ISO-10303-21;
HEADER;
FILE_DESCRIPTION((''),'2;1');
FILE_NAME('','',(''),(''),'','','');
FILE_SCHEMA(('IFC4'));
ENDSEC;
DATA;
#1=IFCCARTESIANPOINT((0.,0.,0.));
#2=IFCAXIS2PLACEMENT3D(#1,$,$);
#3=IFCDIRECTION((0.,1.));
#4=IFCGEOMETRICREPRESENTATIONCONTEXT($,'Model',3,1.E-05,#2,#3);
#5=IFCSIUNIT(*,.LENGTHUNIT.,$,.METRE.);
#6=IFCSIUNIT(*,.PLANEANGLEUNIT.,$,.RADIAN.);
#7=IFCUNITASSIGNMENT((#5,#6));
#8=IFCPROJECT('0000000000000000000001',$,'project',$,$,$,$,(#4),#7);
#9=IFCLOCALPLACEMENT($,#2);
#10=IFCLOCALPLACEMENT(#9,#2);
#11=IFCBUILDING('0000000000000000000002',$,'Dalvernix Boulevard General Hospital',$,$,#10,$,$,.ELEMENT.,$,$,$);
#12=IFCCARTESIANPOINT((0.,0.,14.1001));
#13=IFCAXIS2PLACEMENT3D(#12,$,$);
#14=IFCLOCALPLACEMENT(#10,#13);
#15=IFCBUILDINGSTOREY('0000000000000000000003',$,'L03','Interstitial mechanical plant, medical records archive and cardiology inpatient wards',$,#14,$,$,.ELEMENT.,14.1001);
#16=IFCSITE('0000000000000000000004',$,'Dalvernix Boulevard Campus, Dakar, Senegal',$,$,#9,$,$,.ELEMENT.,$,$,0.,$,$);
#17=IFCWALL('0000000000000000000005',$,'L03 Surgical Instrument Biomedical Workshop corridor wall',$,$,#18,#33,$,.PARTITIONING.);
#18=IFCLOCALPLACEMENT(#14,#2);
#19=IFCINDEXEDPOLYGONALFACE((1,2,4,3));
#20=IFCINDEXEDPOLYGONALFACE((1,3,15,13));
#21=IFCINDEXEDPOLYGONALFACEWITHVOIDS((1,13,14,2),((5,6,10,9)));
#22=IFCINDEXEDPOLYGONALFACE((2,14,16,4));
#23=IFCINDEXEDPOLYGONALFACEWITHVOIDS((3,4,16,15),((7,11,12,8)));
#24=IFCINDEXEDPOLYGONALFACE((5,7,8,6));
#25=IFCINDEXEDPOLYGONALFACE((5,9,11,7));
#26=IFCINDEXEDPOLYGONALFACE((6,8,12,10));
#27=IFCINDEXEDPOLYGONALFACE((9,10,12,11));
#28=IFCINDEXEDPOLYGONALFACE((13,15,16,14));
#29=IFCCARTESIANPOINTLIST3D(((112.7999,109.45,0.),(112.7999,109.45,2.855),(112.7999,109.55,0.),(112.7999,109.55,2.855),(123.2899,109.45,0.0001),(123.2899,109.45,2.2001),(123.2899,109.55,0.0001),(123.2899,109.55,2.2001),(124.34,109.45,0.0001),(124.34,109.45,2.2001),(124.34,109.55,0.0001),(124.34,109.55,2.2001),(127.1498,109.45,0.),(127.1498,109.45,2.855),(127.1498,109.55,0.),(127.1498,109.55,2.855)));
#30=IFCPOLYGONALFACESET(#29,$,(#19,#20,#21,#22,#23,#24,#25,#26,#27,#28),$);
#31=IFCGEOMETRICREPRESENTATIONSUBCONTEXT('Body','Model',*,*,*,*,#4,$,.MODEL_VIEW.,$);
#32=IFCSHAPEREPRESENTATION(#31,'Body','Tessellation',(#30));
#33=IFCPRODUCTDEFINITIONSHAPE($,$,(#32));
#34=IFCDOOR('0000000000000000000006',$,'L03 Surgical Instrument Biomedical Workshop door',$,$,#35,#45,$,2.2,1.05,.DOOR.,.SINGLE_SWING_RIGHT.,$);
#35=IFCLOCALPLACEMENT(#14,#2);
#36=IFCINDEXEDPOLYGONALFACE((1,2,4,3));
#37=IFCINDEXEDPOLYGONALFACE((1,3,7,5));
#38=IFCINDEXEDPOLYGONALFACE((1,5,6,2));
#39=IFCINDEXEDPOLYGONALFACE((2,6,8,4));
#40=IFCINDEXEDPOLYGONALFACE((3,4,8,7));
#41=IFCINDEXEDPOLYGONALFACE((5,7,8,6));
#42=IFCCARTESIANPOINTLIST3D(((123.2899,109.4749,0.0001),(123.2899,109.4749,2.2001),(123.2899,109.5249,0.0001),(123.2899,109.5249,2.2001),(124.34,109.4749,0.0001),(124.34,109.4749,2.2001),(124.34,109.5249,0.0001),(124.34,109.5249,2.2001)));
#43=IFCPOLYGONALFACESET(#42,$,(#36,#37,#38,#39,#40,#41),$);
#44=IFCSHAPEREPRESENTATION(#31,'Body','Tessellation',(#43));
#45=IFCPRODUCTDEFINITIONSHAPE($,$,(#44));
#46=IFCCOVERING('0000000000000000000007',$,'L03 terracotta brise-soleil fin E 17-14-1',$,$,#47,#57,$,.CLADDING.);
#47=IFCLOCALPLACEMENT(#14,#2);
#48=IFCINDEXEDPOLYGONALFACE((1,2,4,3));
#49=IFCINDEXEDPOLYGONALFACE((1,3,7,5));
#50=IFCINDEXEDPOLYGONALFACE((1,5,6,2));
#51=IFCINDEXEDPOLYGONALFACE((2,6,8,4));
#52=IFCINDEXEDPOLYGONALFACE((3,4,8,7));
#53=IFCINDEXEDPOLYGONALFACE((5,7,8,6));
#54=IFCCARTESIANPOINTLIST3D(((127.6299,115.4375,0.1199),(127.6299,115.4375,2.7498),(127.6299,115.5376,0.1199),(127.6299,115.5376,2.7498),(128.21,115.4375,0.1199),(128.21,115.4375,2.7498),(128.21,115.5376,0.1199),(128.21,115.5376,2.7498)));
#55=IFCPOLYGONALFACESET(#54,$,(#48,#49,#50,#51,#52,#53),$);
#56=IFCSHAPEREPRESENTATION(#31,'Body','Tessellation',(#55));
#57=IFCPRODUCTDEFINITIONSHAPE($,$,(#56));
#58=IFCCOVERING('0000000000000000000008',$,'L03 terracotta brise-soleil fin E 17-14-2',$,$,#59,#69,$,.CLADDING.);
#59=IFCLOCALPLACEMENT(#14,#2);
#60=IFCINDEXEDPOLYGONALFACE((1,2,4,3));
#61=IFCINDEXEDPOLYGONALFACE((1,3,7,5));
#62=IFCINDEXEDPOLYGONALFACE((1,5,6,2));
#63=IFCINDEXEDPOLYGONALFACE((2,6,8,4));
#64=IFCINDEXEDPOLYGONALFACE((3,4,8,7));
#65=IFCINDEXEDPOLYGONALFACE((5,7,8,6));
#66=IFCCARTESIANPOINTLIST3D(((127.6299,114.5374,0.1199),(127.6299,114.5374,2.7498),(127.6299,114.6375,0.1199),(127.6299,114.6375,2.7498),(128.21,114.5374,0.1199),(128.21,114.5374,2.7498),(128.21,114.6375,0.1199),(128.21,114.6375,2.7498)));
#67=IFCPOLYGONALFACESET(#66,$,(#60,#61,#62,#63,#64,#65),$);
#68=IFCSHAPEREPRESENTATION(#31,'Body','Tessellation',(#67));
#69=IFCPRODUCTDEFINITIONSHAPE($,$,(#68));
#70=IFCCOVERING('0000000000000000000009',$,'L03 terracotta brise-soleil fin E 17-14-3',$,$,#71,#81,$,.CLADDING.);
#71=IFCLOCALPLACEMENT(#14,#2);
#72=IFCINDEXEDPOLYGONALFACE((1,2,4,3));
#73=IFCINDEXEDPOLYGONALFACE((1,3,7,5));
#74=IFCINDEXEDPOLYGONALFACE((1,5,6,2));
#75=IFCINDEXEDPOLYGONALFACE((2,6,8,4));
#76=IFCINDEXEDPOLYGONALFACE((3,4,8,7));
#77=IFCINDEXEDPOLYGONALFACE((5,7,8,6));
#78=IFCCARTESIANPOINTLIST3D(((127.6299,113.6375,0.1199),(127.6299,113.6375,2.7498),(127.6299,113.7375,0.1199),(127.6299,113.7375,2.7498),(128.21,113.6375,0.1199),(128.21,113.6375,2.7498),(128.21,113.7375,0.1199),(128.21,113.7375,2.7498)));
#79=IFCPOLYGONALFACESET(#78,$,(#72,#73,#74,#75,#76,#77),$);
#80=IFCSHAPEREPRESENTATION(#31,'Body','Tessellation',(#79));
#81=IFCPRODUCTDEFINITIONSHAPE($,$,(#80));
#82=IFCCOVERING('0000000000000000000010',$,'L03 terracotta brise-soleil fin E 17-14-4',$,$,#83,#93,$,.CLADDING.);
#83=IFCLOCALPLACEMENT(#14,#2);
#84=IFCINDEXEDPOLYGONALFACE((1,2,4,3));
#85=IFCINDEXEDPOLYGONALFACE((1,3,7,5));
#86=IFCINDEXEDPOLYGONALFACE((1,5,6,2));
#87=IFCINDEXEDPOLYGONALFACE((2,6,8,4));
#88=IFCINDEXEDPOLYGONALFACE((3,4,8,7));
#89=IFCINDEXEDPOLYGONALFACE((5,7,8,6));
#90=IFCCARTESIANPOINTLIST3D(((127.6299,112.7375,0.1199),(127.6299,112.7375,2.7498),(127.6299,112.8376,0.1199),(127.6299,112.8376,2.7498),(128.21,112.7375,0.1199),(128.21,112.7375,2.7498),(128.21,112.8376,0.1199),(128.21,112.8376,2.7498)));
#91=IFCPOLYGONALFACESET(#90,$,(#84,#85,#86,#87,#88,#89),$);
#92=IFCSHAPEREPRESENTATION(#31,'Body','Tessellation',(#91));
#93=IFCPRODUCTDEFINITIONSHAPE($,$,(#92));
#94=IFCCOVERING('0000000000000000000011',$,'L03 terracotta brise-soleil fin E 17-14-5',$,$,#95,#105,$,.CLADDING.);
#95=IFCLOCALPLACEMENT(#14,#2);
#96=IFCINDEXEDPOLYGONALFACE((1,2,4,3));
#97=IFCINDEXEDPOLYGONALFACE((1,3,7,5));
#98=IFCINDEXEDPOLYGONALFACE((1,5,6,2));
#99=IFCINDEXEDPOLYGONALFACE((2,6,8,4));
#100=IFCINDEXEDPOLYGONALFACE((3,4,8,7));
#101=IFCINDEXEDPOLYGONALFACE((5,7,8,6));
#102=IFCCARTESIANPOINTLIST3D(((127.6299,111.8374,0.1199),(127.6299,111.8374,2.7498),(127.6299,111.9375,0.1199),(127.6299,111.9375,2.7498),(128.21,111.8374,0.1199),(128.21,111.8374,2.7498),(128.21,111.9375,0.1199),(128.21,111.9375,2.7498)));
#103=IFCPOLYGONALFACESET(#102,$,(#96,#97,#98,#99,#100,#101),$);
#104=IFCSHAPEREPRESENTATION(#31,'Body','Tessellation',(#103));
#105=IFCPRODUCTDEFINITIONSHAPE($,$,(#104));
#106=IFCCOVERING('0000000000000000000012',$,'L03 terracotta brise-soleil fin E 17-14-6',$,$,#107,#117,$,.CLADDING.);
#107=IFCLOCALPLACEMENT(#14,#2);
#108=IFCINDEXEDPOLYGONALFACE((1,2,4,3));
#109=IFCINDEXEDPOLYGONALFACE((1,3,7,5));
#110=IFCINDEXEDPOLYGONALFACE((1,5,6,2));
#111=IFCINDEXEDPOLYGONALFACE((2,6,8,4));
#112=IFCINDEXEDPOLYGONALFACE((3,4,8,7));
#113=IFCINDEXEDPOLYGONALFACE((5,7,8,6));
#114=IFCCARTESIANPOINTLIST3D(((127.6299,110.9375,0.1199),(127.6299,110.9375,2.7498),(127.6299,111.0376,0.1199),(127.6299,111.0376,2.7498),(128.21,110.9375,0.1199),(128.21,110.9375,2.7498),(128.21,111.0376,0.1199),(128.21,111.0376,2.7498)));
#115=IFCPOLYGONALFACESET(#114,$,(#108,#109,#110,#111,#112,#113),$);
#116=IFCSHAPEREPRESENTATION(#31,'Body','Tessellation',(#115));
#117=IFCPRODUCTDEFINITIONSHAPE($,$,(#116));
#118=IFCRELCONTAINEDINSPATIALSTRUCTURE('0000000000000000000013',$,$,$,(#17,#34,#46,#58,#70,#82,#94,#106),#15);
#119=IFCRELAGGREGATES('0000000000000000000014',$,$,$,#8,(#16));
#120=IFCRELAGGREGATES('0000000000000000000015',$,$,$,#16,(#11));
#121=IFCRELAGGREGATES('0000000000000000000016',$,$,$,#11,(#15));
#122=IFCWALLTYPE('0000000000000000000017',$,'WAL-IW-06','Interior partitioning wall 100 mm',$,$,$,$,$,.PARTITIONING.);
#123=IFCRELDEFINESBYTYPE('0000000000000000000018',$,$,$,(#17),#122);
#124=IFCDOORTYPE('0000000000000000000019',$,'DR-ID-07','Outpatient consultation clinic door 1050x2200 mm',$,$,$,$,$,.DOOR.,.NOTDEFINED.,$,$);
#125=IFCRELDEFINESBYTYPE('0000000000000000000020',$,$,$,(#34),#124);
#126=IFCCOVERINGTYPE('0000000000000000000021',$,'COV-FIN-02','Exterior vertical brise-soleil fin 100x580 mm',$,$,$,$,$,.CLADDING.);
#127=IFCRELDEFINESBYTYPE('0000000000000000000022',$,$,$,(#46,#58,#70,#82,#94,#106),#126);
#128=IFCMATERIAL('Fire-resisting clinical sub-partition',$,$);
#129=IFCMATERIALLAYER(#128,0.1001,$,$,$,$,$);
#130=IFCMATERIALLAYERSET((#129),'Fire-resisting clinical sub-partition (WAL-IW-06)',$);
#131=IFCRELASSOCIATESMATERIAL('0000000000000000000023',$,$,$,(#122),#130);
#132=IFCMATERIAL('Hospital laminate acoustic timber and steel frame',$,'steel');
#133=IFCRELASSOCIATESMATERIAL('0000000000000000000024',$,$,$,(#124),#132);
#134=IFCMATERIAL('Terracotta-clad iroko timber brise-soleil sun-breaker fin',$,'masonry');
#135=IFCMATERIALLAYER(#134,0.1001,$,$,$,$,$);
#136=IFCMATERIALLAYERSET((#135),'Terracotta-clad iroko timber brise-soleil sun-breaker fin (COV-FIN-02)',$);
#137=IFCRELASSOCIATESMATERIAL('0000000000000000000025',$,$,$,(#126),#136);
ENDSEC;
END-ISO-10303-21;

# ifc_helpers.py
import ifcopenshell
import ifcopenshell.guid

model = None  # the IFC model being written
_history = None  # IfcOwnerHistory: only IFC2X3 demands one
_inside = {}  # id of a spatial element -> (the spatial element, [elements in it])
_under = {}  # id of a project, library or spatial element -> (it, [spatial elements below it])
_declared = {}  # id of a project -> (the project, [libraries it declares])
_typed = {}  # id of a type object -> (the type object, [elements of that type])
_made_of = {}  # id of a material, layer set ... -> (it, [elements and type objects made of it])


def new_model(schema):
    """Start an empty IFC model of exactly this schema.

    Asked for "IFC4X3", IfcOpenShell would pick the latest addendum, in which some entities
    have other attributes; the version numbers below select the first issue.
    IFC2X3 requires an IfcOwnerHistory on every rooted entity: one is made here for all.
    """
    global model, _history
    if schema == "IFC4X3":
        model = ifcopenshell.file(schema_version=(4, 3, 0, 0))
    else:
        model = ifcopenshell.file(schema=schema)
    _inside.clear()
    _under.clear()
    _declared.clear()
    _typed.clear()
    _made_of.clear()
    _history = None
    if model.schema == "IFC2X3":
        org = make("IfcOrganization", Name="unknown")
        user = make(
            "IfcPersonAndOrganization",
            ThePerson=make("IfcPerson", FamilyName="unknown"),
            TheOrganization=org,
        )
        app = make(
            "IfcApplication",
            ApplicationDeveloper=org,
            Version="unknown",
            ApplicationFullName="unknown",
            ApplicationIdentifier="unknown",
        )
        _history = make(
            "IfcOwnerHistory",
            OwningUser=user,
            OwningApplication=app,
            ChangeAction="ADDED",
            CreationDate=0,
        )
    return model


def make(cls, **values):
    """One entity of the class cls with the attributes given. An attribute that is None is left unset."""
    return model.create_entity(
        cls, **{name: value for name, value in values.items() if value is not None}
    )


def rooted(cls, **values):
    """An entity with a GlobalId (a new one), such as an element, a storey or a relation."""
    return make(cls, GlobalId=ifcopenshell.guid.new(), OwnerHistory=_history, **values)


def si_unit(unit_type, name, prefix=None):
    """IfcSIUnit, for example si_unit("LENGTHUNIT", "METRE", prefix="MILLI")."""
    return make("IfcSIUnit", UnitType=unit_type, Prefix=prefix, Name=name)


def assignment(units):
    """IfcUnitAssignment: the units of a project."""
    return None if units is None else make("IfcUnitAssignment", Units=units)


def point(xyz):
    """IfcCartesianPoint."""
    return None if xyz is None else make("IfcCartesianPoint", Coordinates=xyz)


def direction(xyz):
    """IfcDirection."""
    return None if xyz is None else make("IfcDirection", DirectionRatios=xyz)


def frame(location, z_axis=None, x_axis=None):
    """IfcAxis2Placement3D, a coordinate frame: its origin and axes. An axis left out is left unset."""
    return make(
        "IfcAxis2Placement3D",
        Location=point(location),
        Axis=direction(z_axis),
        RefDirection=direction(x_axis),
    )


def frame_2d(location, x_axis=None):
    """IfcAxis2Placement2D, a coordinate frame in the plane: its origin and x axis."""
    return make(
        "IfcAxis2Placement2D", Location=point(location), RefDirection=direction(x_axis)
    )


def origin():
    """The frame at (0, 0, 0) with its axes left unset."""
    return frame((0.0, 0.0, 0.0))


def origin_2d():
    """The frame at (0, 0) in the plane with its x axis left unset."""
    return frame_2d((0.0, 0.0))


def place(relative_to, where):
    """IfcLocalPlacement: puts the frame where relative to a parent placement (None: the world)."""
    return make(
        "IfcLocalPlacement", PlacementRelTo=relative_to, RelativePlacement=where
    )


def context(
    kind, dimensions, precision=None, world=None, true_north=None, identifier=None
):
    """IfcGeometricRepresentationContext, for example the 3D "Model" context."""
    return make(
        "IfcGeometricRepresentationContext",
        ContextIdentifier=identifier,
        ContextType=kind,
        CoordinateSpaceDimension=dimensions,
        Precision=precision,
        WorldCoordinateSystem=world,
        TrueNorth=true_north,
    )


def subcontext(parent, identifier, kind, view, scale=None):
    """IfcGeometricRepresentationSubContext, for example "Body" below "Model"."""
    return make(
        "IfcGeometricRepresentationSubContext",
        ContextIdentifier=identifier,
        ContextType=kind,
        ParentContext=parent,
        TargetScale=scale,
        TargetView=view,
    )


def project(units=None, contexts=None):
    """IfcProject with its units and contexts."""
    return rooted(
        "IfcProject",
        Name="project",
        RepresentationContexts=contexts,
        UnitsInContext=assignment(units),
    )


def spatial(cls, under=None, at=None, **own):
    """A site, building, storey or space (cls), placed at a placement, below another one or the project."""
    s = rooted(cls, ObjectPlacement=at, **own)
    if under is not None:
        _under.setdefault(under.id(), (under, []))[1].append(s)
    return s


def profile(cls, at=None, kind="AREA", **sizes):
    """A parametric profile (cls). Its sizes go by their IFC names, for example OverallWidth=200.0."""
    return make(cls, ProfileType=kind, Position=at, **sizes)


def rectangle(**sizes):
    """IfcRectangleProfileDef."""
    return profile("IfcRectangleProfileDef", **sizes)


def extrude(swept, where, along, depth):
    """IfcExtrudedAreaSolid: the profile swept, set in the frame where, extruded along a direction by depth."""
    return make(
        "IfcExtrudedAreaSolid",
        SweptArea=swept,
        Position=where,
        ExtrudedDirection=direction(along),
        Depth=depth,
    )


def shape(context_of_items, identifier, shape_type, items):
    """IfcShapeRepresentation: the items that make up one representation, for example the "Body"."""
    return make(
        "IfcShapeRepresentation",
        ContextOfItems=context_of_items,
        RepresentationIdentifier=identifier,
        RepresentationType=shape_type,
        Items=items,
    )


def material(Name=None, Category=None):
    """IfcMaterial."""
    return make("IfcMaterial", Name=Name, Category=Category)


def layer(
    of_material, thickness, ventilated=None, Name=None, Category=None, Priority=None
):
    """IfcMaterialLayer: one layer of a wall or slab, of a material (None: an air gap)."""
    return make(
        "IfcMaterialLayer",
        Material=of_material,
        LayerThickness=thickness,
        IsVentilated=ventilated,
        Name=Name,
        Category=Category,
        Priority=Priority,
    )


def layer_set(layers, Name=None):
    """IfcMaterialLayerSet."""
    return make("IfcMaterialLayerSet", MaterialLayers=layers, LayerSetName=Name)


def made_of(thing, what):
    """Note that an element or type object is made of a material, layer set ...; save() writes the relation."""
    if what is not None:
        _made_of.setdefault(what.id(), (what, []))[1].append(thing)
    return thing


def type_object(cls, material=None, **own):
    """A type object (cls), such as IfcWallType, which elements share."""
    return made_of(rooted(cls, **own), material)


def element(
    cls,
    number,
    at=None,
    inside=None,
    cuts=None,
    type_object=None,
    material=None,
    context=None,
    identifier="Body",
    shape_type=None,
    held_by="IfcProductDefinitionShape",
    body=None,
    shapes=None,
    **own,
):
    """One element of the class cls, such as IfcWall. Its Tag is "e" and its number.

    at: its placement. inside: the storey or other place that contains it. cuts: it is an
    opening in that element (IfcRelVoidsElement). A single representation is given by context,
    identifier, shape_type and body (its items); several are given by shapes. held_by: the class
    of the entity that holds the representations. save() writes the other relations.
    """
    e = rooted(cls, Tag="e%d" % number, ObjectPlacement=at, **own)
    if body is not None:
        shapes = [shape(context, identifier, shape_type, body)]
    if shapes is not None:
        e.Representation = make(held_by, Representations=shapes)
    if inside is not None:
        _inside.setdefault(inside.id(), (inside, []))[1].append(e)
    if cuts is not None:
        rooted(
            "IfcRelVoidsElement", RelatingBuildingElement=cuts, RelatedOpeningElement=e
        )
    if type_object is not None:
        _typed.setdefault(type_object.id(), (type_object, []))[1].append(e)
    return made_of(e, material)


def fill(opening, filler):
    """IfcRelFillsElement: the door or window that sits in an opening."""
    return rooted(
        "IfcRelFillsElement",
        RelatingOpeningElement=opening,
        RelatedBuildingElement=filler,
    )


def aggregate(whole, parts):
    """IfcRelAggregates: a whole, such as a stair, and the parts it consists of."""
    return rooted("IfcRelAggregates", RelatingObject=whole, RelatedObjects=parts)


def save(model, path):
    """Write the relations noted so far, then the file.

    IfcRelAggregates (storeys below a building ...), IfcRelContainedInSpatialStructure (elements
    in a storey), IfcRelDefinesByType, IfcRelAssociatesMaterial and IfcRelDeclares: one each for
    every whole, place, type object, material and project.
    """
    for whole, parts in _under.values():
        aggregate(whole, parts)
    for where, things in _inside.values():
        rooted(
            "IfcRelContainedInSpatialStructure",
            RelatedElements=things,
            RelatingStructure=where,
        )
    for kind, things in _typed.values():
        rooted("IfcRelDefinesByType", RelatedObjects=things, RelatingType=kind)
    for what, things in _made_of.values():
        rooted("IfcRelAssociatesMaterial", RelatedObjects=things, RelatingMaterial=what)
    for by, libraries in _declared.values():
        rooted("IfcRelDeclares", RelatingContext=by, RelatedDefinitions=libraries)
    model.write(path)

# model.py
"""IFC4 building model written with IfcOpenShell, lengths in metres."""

from ifc_helpers import new_model, si_unit, direction, frame, frame_2d, origin, origin_2d, place, context, subcontext, project, spatial, rectangle, extrude, material, layer, layer_set, type_object, element, fill, save


model = new_model("IFC4")

# Units and contexts
model_context = context("Model", 3, precision=1e-05, world=origin(), true_north=direction((0.0, 1.0)))
body_context = subcontext(model_context, "Body", "Model", "MODEL_VIEW")
ifc_project = project(units=[si_unit("LENGTHUNIT", "METRE"), si_unit("PLANEANGLEUNIT", "RADIAN")], contexts=[model_context])

# Site, building, storey
site_placement = place(None, origin())
site = spatial("IfcSite", under=ifc_project, at=site_placement, Name="Dalvernix Boulevard Campus, Dakar, Senegal", CompositionType="ELEMENT", RefElevation=0.0)
building_placement = place(site_placement, origin())
building = spatial("IfcBuilding", under=site, at=building_placement, Name="Dalvernix Boulevard General Hospital", CompositionType="ELEMENT")
storey_placement = place(building_placement, frame((0.0, 0.0, 14.1001)))
storey = spatial("IfcBuildingStorey", under=building, at=storey_placement, Name="L03", Description="Interstitial mechanical plant, medical records archive and cardiology inpatient wards", CompositionType="ELEMENT", Elevation=14.1001)

# Wall, opening, door
ifc_material_1 = material(Name="Fire-resisting clinical sub-partition")
ifc_layer_1 = layer(ifc_material_1, 0.1001)
ifc_layer_set_1 = layer_set([ifc_layer_1], Name="Fire-resisting clinical sub-partition (WAL-IW-06)")
wall_type_1 = type_object("IfcWallType", Name="WAL-IW-06", Description="Interior partitioning wall 100 mm", PredefinedType="PARTITIONING", material=ifc_layer_set_1)
wall_1_placement = place(storey_placement, frame((112.8, 109.5, 0.0), z_axis=(0.0, 0.0, 1.0), x_axis=(1.0, 0.0, 0.0)))
wall_1 = element("IfcWall", 1, at=wall_1_placement, inside=storey, type_object=wall_type_1, Name="L03 Surgical Instrument Biomedical Workshop corridor wall", PredefinedType="PARTITIONING", context=body_context, shape_type="SweptSolid", body=[
    extrude(rectangle(XDim=14.3499, YDim=0.1001, at=frame_2d((7.1748, 0.0))), origin(), (0.0, 0.0, 1.0), 2.855),
])
opening_1_placement = place(wall_1_placement, frame((10.49, 0.0, 0.0)))
opening_1 = element("IfcOpeningElement", 2, at=opening_1_placement, cuts=wall_1, PredefinedType="OPENING", context=body_context, shape_type="SweptSolid", body=[
    extrude(rectangle(XDim=1.05, YDim=2.2, at=frame_2d((0.5249, 1.1001))), frame((0.0, 0.0601, 0.0), z_axis=(0.0, -1.0, 0.0), x_axis=(1.0, 0.0, 0.0)), (0.0, 0.0, 1.0), 0.1201),
])
ifc_material_2 = material(Name="Hospital laminate acoustic timber and steel frame", Category="steel")
door_type = type_object("IfcDoorType", Name="DR-ID-07", Description="Outpatient consultation clinic door 1050x2200 mm", OperationType="NOTDEFINED", PredefinedType="DOOR", material=ifc_material_2)
door_placement = place(opening_1_placement, origin())
door = element("IfcDoor", 3, at=door_placement, inside=storey, type_object=door_type, Name="L03 Surgical Instrument Biomedical Workshop door", OperationType="SINGLE_SWING_RIGHT", OverallHeight=2.2, OverallWidth=1.05, PredefinedType="DOOR", context=body_context, shape_type="SweptSolid", body=[
    extrude(rectangle(XDim=1.05, YDim=2.2, at=frame_2d((0.5249, 1.1001))), frame((0.0, 0.0249, 0.0), z_axis=(0.0, -1.0, 0.0), x_axis=(1.0, 0.0, 0.0)), (0.0, 0.0, 1.0), 0.05),
])
fill(opening_1, door)

# Coverings
ifc_material_3 = material(Name="Terracotta-clad iroko timber brise-soleil sun-breaker fin", Category="masonry")
ifc_layer_2 = layer(ifc_material_3, 0.1001)
ifc_layer_set_2 = layer_set([ifc_layer_2], Name="Terracotta-clad iroko timber brise-soleil sun-breaker fin (COV-FIN-02)")
covering_type = type_object("IfcCoveringType", Name="COV-FIN-02", Description="Exterior vertical brise-soleil fin 100x580 mm", PredefinedType="CLADDING", material=ifc_layer_set_2)
for number, where, z_axis, x_axis, name in (
    (4, (127.9199, 115.4875, 0.1199), (0.0, 0.0, 1.0), (0.0, -1.0, 0.0), "L03 terracotta brise-soleil fin E 17-14-1"),
    (5, (127.9199, 114.5874, 0.1199), (0.0, 0.0, 1.0), (0.0, -1.0, 0.0), "L03 terracotta brise-soleil fin E 17-14-2"),
    (6, (127.9199, 113.6875, 0.1199), (0.0, 0.0, 1.0), (0.0, -1.0, 0.0), "L03 terracotta brise-soleil fin E 17-14-3"),
    (7, (127.9199, 112.7876, 0.1199), (0.0, 0.0, 1.0), (0.0, -1.0, 0.0), "L03 terracotta brise-soleil fin E 17-14-4"),
    (8, (127.9199, 111.8875, 0.1199), (0.0, 0.0, 1.0), (0.0, -1.0, 0.0), "L03 terracotta brise-soleil fin E 17-14-5"),
    (9, (127.9199, 110.9875, 0.1199), (0.0, 0.0, 1.0), (0.0, -1.0, 0.0), "L03 terracotta brise-soleil fin E 17-14-6"),
):
    element("IfcCovering", number, at=place(storey_placement, frame(where, z_axis=z_axis, x_axis=x_axis)), inside=storey, type_object=covering_type, Name=name, PredefinedType="CLADDING", context=body_context, shape_type="SweptSolid", body=[
        extrude(rectangle(XDim=0.1001, YDim=0.5801, at=origin_2d()), origin(), (0.0, 0.0, 1.0), 2.6299),
    ])

save(model, "model.ifc")
